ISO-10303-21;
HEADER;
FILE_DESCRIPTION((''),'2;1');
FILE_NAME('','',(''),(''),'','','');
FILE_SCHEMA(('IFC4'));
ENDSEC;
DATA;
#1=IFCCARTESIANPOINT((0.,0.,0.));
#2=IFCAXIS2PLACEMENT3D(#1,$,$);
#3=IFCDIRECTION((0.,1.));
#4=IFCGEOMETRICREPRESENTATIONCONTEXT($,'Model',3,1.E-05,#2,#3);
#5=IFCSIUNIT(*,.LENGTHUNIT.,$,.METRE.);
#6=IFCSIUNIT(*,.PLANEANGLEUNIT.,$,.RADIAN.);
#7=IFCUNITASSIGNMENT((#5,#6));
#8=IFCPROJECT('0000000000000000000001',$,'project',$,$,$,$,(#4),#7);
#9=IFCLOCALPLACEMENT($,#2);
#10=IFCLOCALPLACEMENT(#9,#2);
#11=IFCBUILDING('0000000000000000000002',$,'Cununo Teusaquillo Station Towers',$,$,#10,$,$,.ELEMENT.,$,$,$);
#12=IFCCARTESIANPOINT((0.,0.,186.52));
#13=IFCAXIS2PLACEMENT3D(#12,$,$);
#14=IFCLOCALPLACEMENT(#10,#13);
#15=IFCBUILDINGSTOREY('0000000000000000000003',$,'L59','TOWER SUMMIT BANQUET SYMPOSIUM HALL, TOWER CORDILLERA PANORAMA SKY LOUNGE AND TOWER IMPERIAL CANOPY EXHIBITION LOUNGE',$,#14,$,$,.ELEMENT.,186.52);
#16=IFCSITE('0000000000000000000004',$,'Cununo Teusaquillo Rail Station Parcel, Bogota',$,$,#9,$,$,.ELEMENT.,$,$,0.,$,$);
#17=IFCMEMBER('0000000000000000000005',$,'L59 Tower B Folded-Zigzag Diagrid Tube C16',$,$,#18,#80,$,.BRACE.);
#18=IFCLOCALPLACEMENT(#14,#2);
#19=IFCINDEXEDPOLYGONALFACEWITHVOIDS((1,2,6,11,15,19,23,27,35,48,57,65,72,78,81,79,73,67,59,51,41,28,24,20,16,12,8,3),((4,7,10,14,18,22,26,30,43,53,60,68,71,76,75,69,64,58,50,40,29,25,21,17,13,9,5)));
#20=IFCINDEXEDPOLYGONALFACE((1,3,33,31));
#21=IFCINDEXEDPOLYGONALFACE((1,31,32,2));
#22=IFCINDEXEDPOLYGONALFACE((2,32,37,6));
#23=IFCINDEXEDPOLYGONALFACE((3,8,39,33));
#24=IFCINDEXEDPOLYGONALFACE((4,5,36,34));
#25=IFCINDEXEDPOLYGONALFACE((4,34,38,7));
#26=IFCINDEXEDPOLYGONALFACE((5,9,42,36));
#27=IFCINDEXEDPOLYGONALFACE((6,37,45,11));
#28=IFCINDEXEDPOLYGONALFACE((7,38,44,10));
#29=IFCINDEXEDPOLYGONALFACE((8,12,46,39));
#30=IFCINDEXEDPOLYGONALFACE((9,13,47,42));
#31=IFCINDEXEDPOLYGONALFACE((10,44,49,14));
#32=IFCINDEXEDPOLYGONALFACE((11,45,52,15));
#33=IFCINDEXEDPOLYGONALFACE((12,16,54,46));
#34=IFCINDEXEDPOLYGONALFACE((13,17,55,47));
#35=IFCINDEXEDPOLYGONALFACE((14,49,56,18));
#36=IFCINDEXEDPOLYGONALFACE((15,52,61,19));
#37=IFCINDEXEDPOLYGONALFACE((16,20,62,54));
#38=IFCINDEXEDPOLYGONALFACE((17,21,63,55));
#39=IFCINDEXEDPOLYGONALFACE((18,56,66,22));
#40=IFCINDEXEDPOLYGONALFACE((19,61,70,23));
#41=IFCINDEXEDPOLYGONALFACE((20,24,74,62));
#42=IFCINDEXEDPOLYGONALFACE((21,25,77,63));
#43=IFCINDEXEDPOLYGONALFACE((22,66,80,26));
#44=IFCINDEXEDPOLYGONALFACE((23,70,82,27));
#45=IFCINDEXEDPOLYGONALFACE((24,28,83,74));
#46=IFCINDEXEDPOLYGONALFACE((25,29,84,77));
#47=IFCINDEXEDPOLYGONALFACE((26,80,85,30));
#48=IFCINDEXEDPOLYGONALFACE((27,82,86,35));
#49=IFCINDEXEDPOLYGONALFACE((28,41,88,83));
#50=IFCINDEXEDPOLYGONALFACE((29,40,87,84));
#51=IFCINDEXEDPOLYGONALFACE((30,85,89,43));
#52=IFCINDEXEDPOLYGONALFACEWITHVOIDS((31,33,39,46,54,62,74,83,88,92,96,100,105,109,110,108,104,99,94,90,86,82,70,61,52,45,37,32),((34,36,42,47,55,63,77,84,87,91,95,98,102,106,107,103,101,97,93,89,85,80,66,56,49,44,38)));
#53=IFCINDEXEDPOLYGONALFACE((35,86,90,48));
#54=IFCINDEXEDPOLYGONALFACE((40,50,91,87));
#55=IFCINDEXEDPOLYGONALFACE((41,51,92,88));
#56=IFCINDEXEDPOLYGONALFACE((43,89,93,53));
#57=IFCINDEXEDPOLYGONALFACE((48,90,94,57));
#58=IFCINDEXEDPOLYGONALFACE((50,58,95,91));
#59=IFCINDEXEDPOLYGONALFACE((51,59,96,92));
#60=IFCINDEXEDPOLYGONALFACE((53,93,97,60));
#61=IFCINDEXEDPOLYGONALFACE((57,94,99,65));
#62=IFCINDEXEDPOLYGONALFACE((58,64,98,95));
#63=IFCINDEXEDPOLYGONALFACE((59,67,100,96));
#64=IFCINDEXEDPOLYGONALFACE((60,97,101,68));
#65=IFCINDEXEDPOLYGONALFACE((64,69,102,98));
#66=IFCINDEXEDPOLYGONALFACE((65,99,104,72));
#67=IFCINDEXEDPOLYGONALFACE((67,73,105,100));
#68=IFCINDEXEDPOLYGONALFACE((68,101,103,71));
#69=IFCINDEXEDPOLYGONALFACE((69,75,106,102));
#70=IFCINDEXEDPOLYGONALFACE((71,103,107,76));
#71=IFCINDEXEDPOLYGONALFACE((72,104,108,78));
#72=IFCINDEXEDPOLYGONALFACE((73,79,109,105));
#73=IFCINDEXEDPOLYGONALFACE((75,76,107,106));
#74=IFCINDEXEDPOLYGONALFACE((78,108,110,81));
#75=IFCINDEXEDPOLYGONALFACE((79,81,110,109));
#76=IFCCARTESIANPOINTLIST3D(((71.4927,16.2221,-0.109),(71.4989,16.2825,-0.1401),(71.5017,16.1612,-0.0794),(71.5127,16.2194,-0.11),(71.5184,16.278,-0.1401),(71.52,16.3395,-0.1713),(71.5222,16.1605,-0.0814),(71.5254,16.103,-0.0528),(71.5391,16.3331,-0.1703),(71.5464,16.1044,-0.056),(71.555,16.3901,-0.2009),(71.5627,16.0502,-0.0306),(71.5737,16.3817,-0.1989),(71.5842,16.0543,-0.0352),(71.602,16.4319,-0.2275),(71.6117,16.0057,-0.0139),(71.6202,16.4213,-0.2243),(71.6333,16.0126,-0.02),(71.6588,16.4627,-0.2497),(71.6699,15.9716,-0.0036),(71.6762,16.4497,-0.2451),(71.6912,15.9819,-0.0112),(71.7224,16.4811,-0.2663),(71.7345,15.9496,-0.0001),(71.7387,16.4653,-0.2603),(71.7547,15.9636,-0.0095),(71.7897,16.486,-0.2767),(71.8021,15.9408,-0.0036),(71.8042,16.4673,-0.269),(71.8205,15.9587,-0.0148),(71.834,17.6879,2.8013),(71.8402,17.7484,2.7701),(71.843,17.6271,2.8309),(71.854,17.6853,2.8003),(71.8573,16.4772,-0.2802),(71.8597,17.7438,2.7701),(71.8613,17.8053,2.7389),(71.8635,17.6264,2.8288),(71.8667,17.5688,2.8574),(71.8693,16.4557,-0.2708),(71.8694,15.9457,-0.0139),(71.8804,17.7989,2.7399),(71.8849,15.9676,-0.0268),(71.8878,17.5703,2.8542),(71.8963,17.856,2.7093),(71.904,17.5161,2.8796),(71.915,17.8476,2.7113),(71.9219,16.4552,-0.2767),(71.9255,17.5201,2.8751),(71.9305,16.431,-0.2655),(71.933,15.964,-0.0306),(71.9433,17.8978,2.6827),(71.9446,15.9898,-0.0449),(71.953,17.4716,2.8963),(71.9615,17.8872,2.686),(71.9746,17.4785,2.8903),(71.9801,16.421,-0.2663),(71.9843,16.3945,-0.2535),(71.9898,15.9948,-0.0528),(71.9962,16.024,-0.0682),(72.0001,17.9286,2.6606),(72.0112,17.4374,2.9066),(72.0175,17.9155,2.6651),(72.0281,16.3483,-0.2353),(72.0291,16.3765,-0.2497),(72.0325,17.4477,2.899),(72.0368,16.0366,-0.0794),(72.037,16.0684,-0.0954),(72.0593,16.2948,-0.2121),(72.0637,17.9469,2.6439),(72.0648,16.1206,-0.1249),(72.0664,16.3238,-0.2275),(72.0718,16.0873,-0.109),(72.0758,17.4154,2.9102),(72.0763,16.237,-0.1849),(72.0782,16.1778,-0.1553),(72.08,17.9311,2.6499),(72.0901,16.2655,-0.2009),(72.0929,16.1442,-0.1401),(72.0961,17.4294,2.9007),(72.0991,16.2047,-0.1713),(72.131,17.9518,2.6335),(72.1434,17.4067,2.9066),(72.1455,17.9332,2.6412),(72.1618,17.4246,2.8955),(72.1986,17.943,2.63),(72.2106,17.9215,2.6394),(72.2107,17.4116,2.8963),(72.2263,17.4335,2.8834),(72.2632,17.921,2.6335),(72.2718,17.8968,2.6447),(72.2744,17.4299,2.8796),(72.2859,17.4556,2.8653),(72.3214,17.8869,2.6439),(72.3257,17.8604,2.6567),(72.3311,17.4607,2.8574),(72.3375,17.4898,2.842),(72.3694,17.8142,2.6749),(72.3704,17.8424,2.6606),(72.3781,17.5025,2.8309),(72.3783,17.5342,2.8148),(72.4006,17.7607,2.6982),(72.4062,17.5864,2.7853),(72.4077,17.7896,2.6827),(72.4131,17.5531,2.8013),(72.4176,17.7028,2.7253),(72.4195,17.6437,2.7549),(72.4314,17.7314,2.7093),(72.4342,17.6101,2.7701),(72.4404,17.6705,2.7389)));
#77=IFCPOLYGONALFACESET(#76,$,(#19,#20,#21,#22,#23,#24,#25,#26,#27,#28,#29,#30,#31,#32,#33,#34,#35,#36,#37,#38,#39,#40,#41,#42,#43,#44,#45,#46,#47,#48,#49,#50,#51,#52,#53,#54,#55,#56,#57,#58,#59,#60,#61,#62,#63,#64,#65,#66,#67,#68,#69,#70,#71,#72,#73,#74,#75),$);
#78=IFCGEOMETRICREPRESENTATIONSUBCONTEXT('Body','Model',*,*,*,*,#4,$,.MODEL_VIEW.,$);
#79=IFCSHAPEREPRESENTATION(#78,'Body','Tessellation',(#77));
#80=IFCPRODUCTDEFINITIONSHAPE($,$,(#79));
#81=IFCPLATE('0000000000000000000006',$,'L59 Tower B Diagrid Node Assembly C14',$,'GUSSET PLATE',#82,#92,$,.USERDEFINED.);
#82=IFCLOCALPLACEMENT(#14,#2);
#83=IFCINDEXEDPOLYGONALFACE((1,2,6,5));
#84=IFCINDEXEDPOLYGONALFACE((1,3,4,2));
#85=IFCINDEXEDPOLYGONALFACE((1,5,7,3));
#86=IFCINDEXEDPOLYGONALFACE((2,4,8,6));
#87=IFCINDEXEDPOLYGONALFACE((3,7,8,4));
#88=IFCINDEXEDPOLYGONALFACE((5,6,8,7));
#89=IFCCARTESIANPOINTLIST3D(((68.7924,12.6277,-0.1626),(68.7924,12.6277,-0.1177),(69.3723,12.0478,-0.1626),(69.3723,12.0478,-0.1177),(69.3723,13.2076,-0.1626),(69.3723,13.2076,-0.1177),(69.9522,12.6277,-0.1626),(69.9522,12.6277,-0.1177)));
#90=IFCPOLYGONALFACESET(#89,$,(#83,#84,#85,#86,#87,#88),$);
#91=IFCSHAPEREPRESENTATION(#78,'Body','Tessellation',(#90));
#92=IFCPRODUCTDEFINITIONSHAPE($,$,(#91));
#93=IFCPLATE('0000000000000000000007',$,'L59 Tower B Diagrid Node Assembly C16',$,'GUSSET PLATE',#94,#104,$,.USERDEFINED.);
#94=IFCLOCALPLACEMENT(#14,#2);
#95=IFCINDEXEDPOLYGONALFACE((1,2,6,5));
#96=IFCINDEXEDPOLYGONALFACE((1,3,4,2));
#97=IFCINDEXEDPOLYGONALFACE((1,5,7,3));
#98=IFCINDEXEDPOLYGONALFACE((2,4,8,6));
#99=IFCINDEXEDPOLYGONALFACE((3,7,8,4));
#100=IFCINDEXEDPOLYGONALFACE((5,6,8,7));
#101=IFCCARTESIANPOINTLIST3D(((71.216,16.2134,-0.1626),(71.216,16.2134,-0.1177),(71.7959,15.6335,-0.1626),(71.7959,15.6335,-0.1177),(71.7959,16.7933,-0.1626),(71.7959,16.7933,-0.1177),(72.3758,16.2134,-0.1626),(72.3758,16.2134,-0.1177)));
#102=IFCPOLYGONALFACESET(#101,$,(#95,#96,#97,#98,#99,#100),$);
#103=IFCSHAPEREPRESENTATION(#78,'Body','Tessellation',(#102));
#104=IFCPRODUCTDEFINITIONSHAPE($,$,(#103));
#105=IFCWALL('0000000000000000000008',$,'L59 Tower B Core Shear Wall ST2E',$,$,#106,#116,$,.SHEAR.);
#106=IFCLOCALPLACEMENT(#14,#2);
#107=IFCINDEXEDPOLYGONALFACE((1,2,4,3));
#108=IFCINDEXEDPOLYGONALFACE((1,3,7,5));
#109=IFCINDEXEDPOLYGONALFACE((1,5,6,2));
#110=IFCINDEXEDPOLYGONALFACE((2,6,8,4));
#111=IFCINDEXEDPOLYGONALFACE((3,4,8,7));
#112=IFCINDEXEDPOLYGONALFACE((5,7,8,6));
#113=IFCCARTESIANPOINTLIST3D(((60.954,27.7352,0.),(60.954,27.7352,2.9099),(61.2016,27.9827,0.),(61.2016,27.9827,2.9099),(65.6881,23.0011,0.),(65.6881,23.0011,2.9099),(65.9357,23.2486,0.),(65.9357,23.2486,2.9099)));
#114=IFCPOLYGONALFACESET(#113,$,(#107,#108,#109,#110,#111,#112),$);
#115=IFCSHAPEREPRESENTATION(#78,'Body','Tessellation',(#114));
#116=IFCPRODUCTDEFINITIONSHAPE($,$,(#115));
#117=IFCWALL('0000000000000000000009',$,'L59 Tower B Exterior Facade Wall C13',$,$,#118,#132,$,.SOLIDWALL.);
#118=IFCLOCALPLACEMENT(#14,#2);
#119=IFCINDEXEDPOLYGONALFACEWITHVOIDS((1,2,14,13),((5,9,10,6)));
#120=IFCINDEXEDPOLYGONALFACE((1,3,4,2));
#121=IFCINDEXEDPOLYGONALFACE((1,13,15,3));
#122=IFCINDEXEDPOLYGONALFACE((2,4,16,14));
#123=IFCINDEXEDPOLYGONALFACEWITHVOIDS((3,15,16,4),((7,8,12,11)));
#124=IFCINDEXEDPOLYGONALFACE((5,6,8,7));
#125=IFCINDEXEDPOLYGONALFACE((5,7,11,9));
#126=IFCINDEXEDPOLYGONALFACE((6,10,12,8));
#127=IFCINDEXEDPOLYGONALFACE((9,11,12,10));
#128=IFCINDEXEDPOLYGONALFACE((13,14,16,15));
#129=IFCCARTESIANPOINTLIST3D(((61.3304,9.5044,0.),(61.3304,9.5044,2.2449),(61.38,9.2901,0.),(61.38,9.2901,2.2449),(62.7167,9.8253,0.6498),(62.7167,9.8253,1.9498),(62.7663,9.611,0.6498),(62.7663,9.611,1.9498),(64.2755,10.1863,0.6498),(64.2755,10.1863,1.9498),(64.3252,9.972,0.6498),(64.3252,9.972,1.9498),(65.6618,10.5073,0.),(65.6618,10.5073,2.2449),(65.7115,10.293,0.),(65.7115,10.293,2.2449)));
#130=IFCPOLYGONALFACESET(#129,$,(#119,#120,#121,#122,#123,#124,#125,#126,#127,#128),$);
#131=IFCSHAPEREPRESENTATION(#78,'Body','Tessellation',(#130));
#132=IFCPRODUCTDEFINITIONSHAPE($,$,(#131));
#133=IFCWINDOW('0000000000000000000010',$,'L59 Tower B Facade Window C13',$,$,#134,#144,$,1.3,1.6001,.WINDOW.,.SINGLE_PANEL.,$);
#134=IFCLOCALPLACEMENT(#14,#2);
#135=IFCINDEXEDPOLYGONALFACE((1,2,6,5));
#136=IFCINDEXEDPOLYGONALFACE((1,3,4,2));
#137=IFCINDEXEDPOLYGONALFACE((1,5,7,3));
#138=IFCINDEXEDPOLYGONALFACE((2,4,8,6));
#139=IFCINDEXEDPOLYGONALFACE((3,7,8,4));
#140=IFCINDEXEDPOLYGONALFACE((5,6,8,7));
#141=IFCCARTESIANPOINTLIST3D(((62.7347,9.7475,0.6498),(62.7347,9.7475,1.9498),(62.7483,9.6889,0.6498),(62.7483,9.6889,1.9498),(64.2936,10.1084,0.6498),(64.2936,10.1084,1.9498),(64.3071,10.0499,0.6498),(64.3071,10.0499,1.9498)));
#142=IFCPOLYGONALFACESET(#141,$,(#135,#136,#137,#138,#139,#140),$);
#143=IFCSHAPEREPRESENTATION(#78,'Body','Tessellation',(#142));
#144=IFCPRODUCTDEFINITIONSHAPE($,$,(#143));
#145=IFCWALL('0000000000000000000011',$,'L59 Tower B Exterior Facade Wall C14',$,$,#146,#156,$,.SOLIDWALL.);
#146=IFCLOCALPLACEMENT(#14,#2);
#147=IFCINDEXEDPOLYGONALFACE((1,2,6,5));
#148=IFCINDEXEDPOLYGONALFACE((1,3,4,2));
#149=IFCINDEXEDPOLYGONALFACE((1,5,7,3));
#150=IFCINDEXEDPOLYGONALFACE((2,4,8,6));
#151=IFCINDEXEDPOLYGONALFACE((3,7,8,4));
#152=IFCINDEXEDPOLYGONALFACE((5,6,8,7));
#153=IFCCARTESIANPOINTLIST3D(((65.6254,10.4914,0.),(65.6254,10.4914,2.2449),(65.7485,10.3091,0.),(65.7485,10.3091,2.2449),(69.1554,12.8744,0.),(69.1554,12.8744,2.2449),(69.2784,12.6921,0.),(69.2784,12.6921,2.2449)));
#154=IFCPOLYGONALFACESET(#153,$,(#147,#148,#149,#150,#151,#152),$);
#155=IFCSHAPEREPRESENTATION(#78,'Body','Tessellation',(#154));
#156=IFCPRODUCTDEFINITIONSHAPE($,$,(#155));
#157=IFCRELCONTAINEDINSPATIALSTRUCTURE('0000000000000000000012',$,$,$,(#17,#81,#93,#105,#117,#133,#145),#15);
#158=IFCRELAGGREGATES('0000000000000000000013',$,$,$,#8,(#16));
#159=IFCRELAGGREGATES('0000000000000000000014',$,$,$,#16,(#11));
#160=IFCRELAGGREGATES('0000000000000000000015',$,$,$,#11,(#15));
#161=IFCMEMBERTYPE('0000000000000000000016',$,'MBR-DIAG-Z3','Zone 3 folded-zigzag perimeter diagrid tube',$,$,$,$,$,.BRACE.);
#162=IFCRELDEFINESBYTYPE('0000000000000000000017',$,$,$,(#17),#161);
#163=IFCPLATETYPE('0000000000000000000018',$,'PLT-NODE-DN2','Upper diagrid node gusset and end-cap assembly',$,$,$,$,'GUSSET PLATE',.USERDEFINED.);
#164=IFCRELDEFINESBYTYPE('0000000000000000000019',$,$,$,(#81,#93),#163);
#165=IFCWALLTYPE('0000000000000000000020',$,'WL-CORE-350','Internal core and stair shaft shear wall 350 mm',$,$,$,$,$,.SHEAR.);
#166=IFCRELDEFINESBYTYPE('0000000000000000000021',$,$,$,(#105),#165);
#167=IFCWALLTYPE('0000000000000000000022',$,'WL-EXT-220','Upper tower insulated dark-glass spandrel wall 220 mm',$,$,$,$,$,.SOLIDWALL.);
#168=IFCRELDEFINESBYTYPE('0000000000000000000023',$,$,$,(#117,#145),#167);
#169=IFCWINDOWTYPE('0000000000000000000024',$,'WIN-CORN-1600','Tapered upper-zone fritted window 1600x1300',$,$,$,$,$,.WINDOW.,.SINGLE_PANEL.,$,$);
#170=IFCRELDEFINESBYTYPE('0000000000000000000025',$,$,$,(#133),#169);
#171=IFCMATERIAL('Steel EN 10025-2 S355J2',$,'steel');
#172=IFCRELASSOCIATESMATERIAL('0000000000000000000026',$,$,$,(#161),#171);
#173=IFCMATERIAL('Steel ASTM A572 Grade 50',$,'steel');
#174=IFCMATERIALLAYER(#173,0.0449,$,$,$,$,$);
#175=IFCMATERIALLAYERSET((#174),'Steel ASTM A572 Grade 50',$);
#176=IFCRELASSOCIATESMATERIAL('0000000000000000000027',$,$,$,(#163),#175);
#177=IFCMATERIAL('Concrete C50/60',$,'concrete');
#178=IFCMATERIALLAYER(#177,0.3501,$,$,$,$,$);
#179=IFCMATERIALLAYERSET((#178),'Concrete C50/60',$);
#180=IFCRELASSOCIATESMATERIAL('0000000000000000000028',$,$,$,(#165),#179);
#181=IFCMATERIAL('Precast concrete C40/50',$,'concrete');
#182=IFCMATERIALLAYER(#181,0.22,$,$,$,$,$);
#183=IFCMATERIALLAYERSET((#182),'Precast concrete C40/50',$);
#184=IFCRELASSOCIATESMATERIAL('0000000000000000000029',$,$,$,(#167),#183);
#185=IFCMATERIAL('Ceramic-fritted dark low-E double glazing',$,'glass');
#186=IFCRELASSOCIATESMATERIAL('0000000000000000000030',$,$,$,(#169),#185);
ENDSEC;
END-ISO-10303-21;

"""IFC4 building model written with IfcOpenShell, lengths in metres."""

from ifc_helpers import new_model, si_unit, direction, frame, frame_2d, origin, origin_2d, place, context, subcontext, project, spatial, rectangle, hollow_circle, extrude, source, transform, mapped, material, layer, layer_set, material_profile, profile_set, type_object, element, fill, save


model = new_model("IFC4")

# Units and contexts
model_context = context("Model", 3, precision=1e-05, world=origin(), true_north=direction((0.0, 1.0)))
body_context = subcontext(model_context, "Body", "Model", "MODEL_VIEW")
ifc_project = project(units=[si_unit("LENGTHUNIT", "METRE"), si_unit("PLANEANGLEUNIT", "RADIAN")], contexts=[model_context])

# Site, building, storey
site_placement = place(None, origin())
site = spatial("IfcSite", under=ifc_project, at=site_placement, Name="Cununo Teusaquillo Rail Station Parcel, Bogota", CompositionType="ELEMENT", RefElevation=0.0)
building_placement = place(site_placement, origin())
building = spatial("IfcBuilding", under=site, at=building_placement, Name="Cununo Teusaquillo Station Towers", CompositionType="ELEMENT")
storey_placement = place(building_placement, frame((0.0, 0.0, 186.52)))
storey = spatial("IfcBuildingStorey", under=building, at=storey_placement, Name="L59", Description="TOWER SUMMIT BANQUET SYMPOSIUM HALL, TOWER CORDILLERA PANORAMA SKY LOUNGE AND TOWER IMPERIAL CANOPY EXHIBITION LOUNGE", CompositionType="ELEMENT", Elevation=186.52)

# Member
ifc_material_1 = material(Name="Steel EN 10025-2 S355J2", Category="steel")
ifc_material_profile_1 = material_profile(ifc_material_1, hollow_circle(Radius=0.3049, WallThickness=0.02, at=origin_2d()), Name="CHS 610x20")
ifc_profile_set_1 = profile_set([ifc_material_profile_1], Name="Steel EN 10025-2 S355J2")
member_type = type_object("IfcMemberType", Name="MBR-DIAG-Z3", Description="Zone 3 folded-zigzag perimeter diagrid tube", PredefinedType="BRACE", material=ifc_profile_set_1)
member_1_placement = place(storey_placement, frame((71.7959, 16.2134, -0.1401), z_axis=(0.104175, 0.447401, 0.888245), x_axis=(-0.973946, 0.226778, 0.0)))
element("IfcMember", 1, at=member_1_placement, inside=storey, type_object=member_type, Name="L59 Tower B Folded-Zigzag Diagrid Tube C16", PredefinedType="BRACE", context=body_context, shape_type="SweptSolid", body=[
    extrude(hollow_circle(Radius=0.3049, WallThickness=0.02, at=origin_2d()), origin(), (0.0, 0.0, 1.0), 3.2764),
])

# Plates
ifc_material_2 = material(Name="Steel ASTM A572 Grade 50", Category="steel")
ifc_layer_1 = layer(ifc_material_2, 0.0449)
ifc_layer_set_1 = layer_set([ifc_layer_1], Name="Steel ASTM A572 Grade 50")
plate_type = type_object("IfcPlateType", Name="PLT-NODE-DN2", Description="Upper diagrid node gusset and end-cap assembly", ElementType="GUSSET PLATE", PredefinedType="USERDEFINED", material=ifc_layer_set_1)
shared_shape_1 = source(origin(), body_context, "Body", "SweptSolid", [
    extrude(rectangle(XDim=0.8201, YDim=0.8201, at=origin_2d()), origin(), (0.0, 0.0, 1.0), 0.0449),
])
for number, where, z_axis, x_axis, name in (
    (2, (69.3723, 12.6277, -0.1626), (0.0, 0.0, 1.0), (0.707107, 0.707107, 0.0), "L59 Tower B Diagrid Node Assembly C14"),
    (3, (71.7959, 16.2134, -0.1626), (0.0, 0.0, 1.0), (0.707107, 0.707107, 0.0), "L59 Tower B Diagrid Node Assembly C16"),
):
    element("IfcPlate", number, at=place(storey_placement, frame(where, z_axis=z_axis, x_axis=x_axis)), inside=storey, type_object=plate_type, Name=name, ObjectType="GUSSET PLATE", PredefinedType="USERDEFINED", context=body_context, shape_type="MappedRepresentation", body=[
        mapped(shared_shape_1, transform((0.0, 0.0, 0.0), x_axis=(1.0, 0.0, 0.0), y_axis=(0.0, 1.0, 0.0), z_axis=(0.0, 0.0, 1.0), scale=1.0)),
    ])

# Wall
ifc_material_3 = material(Name="Concrete C50/60", Category="concrete")
ifc_layer_2 = layer(ifc_material_3, 0.3501)
ifc_layer_set_2 = layer_set([ifc_layer_2], Name="Concrete C50/60")
wall_type_1 = type_object("IfcWallType", Name="WL-CORE-350", Description="Internal core and stair shaft shear wall 350 mm", PredefinedType="SHEAR", material=ifc_layer_set_2)
wall_1_placement = place(storey_placement, frame((65.812, 23.1248, 0.0), z_axis=(0.0, 0.0, 1.0), x_axis=(-0.707107, 0.707107, 0.0)))
element("IfcWall", 4, at=wall_1_placement, inside=storey, type_object=wall_type_1, Name="L59 Tower B Core Shear Wall ST2E", PredefinedType="SHEAR", context=body_context, shape_type="SweptSolid", body=[
    extrude(rectangle(XDim=6.6951, YDim=0.3501, at=frame_2d((3.3477, 0.0))), origin(), (0.0, 0.0, 1.0), 2.9099),
])

# Wall, opening, window
ifc_material_4 = material(Name="Precast concrete C40/50", Category="concrete")
ifc_layer_3 = layer(ifc_material_4, 0.22)
ifc_layer_set_3 = layer_set([ifc_layer_3], Name="Precast concrete C40/50")
wall_type_2 = type_object("IfcWallType", Name="WL-EXT-220", Description="Upper tower insulated dark-glass spandrel wall 220 mm", PredefinedType="SOLIDWALL", material=ifc_layer_set_3)
wall_2_placement = place(storey_placement, frame((65.6868, 10.4001, 0.0), z_axis=(0.0, 0.0, 1.0), x_axis=(-0.974226, -0.225573, 0.0)))
wall_2 = element("IfcWall", 5, at=wall_2_placement, inside=storey, type_object=wall_type_2, Name="L59 Tower B Exterior Facade Wall C13", PredefinedType="SOLIDWALL", context=body_context, shape_type="SweptSolid", body=[
    extrude(rectangle(XDim=4.446, YDim=0.22, at=frame_2d((2.2231, 0.0))), origin(), (0.0, 0.0, 1.0), 2.2449),
])
shared_shape_2 = source(origin(), body_context, "Body", "SweptSolid", [
    extrude(rectangle(XDim=1.6001, YDim=1.3, at=frame_2d((0.8, 0.6499))), frame((0.0, 0.1199, 0.0), z_axis=(0.0, -1.0, 0.0), x_axis=(1.0, 0.0, 0.0)), (0.0, 0.0, 1.0), 0.24),
])
opening_1_placement = place(wall_2_placement, frame((1.4231, 0.0, 0.6499)))
opening_1 = element("IfcOpeningElement", 6, at=opening_1_placement, cuts=wall_2, PredefinedType="OPENING", context=body_context, shape_type="MappedRepresentation", body=[
    mapped(shared_shape_2, transform((0.0, 0.0, 0.0), x_axis=(1.0, 0.0, 0.0), y_axis=(0.0, 1.0, 0.0), z_axis=(0.0, 0.0, 1.0), scale=1.0)),
])
ifc_material_5 = material(Name="Ceramic-fritted dark low-E double glazing", Category="glass")
window_type = type_object("IfcWindowType", Name="WIN-CORN-1600", Description="Tapered upper-zone fritted window 1600x1300", PartitioningType="SINGLE_PANEL", PredefinedType="WINDOW", material=ifc_material_5)
shared_shape_3 = source(origin(), body_context, "Body", "SweptSolid", [
    extrude(rectangle(XDim=1.6001, YDim=1.3, at=frame_2d((0.8, 0.6499))), frame((0.0, 0.03, 0.0), z_axis=(0.0, -1.0, 0.0), x_axis=(1.0, 0.0, 0.0)), (0.0, 0.0, 1.0), 0.0601),
])
window_1_placement = place(opening_1_placement, origin())
window_1 = element("IfcWindow", 7, at=window_1_placement, inside=storey, type_object=window_type, Name="L59 Tower B Facade Window C13", OverallHeight=1.3, OverallWidth=1.6001, PartitioningType="SINGLE_PANEL", PredefinedType="WINDOW", context=body_context, shape_type="MappedRepresentation", body=[
    mapped(shared_shape_3, transform((0.0, 0.0, 0.0), x_axis=(1.0, 0.0, 0.0), y_axis=(0.0, 1.0, 0.0), z_axis=(0.0, 0.0, 1.0), scale=1.0)),
])
fill(opening_1, window_1)

# Wall
wall_3_placement = place(storey_placement, frame((69.2168, 12.7832, 0.0), z_axis=(0.0, 0.0, 1.0), x_axis=(-0.828817, -0.559519, 0.0)))
element("IfcWall", 8, at=wall_3_placement, inside=storey, type_object=wall_type_2, Name="L59 Tower B Exterior Facade Wall C14", PredefinedType="SOLIDWALL", context=body_context, shape_type="SweptSolid", body=[
    extrude(rectangle(XDim=4.259, YDim=0.22, at=frame_2d((2.1294, 0.0))), origin(), (0.0, 0.0, 1.0), 2.2449),
])

save(model, "model.ifc")
